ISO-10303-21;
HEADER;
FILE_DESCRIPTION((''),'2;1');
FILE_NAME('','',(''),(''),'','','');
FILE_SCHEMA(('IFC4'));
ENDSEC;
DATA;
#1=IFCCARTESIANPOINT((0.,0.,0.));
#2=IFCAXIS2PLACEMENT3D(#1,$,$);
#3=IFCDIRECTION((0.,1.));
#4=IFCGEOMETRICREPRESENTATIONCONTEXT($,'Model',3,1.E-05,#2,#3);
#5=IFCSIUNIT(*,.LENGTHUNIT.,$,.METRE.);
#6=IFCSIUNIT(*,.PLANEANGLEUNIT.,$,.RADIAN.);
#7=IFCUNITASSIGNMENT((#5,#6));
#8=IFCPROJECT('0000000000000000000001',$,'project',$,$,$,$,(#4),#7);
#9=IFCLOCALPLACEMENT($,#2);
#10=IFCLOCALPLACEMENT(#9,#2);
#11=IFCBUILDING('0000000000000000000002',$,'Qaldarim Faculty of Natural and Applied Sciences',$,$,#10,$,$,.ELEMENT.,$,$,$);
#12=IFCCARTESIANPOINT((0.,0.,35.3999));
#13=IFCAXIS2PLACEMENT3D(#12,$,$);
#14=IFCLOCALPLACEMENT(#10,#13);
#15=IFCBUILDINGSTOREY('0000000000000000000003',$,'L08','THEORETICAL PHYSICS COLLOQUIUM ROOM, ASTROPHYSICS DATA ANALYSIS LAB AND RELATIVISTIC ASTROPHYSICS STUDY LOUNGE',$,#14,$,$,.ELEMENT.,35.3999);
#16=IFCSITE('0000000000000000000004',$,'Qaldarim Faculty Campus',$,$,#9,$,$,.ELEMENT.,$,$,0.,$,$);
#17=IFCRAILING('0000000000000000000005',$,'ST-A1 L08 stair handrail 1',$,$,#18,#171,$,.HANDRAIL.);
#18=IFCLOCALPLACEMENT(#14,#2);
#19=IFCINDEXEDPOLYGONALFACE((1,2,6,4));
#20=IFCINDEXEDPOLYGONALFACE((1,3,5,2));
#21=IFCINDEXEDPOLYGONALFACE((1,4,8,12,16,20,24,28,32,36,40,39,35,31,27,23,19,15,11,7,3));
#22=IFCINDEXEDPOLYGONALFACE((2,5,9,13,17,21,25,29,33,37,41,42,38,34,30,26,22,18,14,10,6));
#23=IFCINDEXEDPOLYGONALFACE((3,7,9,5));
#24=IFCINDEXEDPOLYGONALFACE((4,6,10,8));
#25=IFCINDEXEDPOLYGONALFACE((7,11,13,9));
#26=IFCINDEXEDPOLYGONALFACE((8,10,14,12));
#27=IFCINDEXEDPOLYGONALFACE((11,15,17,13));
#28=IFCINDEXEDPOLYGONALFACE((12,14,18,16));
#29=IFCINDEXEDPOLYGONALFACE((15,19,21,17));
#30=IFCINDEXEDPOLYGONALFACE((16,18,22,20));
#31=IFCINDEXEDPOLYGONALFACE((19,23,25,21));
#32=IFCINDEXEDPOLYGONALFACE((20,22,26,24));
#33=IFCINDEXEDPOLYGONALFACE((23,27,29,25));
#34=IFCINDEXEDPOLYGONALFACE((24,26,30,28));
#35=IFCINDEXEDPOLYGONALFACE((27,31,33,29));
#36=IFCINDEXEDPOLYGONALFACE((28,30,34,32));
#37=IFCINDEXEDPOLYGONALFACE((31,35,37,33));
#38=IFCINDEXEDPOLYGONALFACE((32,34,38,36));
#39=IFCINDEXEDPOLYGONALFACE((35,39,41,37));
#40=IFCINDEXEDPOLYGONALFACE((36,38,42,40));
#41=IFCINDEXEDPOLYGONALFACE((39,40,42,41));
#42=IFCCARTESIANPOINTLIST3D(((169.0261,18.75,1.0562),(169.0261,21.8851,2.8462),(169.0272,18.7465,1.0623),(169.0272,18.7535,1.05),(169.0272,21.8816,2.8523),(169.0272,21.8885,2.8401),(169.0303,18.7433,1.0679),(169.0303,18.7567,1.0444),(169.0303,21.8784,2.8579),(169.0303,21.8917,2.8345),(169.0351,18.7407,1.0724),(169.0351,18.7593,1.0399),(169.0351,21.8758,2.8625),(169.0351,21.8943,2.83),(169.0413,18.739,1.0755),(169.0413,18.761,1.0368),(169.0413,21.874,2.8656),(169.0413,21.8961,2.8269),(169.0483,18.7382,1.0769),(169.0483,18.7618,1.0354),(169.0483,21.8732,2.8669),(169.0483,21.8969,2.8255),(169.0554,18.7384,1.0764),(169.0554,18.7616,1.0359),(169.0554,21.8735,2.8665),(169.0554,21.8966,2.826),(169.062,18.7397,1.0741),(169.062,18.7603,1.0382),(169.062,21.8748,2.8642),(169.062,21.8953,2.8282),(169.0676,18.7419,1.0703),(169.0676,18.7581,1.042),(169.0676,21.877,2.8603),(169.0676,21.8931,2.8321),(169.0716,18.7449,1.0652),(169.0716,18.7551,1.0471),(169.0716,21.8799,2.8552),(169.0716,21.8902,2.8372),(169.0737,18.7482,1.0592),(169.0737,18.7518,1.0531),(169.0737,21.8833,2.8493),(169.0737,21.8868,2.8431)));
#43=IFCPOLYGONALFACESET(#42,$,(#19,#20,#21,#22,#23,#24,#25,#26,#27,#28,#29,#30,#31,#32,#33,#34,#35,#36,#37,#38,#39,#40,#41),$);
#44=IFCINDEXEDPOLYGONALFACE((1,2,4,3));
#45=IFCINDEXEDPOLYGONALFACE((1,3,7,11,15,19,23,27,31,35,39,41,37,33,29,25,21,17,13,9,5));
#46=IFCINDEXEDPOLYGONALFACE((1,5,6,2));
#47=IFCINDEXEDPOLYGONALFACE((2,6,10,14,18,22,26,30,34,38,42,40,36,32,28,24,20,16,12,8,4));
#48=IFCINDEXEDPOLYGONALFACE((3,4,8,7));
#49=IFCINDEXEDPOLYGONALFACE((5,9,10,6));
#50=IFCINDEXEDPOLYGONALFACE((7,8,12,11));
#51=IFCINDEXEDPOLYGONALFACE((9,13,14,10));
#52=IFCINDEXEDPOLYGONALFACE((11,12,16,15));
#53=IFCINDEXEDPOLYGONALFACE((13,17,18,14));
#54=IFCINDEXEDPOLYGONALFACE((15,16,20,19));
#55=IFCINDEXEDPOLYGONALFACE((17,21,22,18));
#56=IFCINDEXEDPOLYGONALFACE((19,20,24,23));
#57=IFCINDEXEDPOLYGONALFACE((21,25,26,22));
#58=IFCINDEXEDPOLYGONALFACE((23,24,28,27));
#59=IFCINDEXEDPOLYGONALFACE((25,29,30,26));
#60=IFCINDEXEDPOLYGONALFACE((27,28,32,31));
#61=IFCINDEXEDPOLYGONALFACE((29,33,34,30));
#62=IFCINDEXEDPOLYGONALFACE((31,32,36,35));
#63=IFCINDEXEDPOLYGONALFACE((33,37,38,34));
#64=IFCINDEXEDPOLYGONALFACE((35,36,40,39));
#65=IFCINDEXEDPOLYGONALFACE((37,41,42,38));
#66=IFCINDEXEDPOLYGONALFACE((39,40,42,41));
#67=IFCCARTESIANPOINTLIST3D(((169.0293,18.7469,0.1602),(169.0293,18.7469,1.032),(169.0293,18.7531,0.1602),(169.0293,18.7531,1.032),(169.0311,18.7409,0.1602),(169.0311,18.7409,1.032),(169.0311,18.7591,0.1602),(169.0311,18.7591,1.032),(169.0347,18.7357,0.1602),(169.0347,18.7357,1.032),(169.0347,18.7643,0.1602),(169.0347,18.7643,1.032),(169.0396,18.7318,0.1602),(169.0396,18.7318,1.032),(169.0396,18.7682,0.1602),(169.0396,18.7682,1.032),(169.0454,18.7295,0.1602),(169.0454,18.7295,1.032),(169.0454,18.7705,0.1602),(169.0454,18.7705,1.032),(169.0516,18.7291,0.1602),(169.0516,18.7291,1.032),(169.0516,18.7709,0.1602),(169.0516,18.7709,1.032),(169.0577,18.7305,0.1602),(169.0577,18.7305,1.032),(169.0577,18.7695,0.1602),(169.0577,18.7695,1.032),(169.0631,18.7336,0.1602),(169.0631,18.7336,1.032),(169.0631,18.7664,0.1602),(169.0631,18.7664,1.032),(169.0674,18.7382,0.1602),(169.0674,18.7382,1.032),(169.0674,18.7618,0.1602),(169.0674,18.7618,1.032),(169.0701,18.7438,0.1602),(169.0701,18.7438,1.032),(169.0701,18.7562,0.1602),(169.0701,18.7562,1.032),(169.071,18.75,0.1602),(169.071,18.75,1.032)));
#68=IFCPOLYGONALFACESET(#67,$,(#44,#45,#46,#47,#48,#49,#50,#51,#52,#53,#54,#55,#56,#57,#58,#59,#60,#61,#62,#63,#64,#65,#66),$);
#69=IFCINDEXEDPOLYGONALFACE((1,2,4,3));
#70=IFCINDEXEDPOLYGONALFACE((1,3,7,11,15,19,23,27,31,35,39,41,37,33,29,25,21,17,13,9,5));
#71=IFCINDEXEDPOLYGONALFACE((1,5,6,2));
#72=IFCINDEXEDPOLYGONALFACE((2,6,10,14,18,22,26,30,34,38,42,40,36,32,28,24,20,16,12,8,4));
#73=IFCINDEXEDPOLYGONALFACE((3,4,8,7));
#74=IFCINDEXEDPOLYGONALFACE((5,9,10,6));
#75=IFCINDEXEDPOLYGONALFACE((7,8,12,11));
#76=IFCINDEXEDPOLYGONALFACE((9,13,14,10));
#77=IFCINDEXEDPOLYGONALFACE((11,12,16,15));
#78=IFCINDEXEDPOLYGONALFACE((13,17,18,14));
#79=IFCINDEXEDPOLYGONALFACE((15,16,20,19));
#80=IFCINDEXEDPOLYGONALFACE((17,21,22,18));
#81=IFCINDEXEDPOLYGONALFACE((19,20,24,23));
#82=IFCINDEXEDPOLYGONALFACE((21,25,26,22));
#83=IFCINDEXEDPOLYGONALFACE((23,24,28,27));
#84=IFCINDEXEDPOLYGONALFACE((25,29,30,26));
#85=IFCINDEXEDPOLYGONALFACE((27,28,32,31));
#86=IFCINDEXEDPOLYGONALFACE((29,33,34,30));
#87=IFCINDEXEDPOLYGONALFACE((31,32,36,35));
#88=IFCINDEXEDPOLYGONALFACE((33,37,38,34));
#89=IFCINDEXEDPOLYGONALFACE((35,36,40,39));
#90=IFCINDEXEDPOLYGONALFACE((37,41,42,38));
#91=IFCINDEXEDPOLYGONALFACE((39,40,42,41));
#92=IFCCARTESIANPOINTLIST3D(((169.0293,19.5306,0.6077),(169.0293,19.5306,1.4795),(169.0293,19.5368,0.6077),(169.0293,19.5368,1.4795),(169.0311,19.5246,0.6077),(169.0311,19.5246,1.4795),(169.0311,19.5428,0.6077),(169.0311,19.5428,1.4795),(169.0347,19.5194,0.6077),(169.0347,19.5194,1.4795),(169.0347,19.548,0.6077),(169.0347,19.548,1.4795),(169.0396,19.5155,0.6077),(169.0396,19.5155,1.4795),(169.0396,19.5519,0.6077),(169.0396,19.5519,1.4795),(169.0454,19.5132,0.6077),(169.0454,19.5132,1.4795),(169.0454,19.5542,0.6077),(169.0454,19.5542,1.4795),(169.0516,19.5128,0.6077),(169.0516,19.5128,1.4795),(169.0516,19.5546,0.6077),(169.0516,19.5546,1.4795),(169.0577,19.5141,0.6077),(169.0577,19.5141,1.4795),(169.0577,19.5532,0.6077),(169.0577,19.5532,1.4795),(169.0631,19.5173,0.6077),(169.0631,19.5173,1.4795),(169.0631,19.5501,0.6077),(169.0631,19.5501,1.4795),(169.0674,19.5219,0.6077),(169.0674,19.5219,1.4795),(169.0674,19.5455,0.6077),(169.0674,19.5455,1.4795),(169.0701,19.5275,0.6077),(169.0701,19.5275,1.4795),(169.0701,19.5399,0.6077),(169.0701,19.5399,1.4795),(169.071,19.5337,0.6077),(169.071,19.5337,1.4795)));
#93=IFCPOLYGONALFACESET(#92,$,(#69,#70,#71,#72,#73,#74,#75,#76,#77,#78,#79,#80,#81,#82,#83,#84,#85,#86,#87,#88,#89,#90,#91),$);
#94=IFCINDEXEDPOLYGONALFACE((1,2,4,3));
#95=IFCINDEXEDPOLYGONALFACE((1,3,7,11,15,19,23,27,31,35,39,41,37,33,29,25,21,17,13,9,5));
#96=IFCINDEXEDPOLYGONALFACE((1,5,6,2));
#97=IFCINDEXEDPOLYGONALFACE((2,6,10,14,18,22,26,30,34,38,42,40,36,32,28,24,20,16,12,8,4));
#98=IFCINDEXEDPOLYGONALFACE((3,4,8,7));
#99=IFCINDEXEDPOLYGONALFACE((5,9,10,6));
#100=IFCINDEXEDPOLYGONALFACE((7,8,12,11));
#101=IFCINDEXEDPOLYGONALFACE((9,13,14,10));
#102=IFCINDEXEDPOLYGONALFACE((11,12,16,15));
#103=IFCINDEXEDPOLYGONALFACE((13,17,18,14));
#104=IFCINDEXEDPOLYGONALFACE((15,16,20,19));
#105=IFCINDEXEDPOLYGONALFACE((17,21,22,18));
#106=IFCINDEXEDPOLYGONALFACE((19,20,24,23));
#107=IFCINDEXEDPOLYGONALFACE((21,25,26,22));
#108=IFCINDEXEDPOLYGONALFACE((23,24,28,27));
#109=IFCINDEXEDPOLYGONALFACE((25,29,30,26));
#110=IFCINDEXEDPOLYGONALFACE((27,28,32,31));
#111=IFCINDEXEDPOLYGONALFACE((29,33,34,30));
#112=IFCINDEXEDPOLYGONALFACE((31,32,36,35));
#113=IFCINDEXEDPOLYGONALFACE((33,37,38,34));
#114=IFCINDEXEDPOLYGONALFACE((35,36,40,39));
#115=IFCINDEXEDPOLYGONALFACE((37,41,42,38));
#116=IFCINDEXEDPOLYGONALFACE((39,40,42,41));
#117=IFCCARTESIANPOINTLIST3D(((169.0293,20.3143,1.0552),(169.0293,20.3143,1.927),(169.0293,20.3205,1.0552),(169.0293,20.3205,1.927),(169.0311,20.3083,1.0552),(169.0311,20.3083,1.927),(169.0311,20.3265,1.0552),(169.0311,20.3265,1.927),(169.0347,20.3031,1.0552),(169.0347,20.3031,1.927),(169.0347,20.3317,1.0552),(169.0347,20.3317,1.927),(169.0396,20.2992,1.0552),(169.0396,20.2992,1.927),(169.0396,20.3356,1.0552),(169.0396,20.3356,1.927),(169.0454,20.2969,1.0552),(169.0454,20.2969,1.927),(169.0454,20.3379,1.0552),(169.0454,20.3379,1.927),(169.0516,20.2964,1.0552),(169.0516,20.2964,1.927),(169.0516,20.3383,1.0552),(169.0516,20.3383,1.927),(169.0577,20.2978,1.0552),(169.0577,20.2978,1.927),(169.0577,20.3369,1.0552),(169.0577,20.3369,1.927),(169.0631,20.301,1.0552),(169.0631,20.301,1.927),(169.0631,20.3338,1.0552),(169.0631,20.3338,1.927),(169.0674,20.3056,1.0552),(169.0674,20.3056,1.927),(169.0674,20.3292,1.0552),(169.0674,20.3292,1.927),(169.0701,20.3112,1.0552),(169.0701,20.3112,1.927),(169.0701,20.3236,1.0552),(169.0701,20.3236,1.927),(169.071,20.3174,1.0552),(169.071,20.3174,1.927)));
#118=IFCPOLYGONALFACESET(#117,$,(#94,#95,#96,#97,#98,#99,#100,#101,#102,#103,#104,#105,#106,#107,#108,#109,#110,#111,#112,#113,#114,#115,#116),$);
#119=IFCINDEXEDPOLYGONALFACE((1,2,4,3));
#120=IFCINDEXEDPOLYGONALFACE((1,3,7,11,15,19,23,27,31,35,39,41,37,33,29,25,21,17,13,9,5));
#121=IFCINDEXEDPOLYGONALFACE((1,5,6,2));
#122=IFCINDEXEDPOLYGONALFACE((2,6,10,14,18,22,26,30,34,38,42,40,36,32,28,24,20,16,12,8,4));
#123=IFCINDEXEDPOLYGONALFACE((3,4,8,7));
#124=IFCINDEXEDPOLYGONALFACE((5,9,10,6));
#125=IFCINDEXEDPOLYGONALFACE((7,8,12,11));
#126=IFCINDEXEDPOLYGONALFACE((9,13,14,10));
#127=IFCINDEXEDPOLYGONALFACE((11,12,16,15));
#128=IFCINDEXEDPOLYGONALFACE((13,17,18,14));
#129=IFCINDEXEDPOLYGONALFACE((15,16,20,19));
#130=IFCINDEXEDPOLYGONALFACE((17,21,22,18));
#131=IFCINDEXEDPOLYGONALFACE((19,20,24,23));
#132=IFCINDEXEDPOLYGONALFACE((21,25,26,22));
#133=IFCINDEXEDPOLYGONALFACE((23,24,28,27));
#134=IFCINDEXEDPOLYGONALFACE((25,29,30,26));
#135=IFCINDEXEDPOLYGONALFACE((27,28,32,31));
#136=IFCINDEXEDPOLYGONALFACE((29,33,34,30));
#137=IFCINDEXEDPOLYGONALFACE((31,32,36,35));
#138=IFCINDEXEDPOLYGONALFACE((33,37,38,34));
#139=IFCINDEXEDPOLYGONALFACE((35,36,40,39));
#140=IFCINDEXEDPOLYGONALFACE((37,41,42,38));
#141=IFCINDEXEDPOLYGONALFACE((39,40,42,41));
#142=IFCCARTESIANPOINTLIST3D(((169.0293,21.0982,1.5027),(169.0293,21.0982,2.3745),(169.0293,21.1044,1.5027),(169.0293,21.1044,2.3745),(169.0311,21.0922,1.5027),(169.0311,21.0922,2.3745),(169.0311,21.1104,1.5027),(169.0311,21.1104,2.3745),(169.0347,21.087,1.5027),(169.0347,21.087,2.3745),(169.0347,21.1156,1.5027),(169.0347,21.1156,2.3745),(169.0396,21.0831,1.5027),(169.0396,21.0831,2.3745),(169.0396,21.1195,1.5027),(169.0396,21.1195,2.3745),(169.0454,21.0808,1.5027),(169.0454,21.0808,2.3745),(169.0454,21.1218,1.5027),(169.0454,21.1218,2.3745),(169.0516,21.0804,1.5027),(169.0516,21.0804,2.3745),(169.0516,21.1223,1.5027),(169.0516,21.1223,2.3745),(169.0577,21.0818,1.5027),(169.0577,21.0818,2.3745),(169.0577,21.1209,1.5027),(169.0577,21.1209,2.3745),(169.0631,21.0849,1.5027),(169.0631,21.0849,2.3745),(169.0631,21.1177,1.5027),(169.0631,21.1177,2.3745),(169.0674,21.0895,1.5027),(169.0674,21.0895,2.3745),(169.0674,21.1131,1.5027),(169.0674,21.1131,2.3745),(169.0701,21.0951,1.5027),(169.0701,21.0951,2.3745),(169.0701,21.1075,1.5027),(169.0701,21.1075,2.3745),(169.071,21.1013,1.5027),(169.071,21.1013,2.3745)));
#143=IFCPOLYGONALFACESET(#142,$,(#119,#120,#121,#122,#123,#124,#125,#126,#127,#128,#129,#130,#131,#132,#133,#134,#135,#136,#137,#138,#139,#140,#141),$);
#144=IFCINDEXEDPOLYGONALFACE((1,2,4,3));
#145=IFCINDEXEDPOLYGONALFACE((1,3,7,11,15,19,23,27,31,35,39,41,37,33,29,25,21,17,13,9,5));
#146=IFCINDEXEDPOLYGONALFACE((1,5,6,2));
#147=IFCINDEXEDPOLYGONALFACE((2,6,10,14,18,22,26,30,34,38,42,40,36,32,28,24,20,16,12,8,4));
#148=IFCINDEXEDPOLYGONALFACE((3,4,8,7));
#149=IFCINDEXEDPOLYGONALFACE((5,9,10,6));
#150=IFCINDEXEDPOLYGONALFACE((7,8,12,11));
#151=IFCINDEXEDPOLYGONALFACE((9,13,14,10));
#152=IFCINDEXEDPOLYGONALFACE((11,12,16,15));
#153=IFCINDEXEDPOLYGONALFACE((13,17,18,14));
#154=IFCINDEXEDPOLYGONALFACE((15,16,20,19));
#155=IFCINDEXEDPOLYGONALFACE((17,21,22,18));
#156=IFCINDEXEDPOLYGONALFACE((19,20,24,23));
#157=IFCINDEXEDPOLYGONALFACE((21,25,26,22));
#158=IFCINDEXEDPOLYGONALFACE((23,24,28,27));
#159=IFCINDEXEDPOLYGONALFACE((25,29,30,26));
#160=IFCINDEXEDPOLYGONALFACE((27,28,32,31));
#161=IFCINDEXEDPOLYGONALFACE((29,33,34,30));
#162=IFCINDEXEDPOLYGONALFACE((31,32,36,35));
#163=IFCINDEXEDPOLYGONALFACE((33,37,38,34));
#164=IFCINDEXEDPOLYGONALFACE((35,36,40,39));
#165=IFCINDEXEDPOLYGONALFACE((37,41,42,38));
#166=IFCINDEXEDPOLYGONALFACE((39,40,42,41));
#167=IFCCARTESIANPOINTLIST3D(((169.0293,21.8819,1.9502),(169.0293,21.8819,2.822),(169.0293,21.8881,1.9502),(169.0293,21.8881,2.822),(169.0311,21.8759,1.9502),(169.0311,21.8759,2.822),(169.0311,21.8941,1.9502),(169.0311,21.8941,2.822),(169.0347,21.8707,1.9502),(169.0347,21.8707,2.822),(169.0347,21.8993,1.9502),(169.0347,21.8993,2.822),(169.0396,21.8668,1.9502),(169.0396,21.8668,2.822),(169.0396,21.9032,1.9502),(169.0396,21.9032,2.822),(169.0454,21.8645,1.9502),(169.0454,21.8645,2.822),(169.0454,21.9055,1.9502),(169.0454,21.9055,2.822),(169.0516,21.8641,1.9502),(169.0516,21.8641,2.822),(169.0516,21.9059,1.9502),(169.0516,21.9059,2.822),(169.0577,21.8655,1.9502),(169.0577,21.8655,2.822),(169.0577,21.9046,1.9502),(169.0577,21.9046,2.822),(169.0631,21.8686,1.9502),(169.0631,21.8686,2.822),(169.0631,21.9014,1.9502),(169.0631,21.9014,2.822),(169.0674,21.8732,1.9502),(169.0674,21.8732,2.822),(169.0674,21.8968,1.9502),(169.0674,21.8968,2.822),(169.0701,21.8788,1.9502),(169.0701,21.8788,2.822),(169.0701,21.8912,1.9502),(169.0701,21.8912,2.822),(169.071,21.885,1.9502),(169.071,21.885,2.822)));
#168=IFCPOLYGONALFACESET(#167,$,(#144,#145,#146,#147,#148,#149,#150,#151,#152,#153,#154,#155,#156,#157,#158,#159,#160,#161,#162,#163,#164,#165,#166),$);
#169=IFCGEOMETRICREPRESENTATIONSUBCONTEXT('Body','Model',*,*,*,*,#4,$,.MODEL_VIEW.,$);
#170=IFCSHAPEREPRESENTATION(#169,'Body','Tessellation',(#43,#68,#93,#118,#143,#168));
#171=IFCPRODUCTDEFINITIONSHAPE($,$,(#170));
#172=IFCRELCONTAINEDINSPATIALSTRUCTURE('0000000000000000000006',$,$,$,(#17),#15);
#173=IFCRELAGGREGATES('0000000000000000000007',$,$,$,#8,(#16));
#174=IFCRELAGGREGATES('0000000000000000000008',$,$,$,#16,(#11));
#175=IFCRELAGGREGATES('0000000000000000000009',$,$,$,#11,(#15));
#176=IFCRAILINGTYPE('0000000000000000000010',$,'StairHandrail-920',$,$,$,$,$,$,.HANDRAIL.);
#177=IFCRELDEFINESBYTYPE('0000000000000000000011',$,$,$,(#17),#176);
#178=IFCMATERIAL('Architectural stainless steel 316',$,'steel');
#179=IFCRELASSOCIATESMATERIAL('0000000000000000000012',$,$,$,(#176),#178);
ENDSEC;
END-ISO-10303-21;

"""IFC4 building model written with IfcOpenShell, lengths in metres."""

from ifc_helpers import new_model, si_unit, direction, frame, origin, origin_2d, place, context, subcontext, project, spatial, circle, extrude, material, type_object, element, save


model = new_model("IFC4")

# Units and contexts
model_context = context("Model", 3, precision=1e-05, world=origin(), true_north=direction((0.0, 1.0)))
body_context = subcontext(model_context, "Body", "Model", "MODEL_VIEW")
ifc_project = project(units=[si_unit("LENGTHUNIT", "METRE"), si_unit("PLANEANGLEUNIT", "RADIAN")], contexts=[model_context])

# Site, building, storey
site_placement = place(None, origin())
site = spatial("IfcSite", under=ifc_project, at=site_placement, Name="Qaldarim Faculty Campus", CompositionType="ELEMENT", RefElevation=0.0)
building_placement = place(site_placement, origin())
building = spatial("IfcBuilding", under=site, at=building_placement, Name="Qaldarim Faculty of Natural and Applied Sciences", CompositionType="ELEMENT")
storey_placement = place(building_placement, frame((0.0, 0.0, 35.3999)))
storey = spatial("IfcBuildingStorey", under=building, at=storey_placement, Name="L08", Description="THEORETICAL PHYSICS COLLOQUIUM ROOM, ASTROPHYSICS DATA ANALYSIS LAB AND RELATIVISTIC ASTROPHYSICS STUDY LOUNGE", CompositionType="ELEMENT", Elevation=35.3999)

# Shared definitions
ifc_material_1 = material(Name="Architectural stainless steel 316", Category="steel")

# Railing
railing_type_1 = type_object("IfcRailingType", Name="StairHandrail-920", PredefinedType="HANDRAIL", material=ifc_material_1)
railing_1_placement = place(storey_placement, frame((169.05, 18.75, 0.1602)))
element("IfcRailing", 1, at=railing_1_placement, inside=storey, type_object=railing_type_1, Name="ST-A1 L08 stair handrail 1", PredefinedType="HANDRAIL", context=body_context, shape_type="SweptSolid", body=[
    extrude(circle(Radius=0.0239, at=origin_2d()), frame((0.0, 0.0, 0.896), z_axis=(0.0, 0.86841, 0.495848), x_axis=(-1.0, 0.0, 0.0)), (0.0, 0.0, 1.0), 3.6101),
    extrude(circle(Radius=0.021, at=origin_2d()), origin(), (0.0, 0.0, 1.0), 0.8718),
    extrude(circle(Radius=0.021, at=origin_2d()), frame((0.0, 0.7837, 0.4475)), (0.0, 0.0, 1.0), 0.8718),
    extrude(circle(Radius=0.021, at=origin_2d()), frame((0.0, 1.5674, 0.895)), (0.0, 0.0, 1.0), 0.8718),
    extrude(circle(Radius=0.021, at=origin_2d()), frame((0.0, 2.3513, 1.3425)), (0.0, 0.0, 1.0), 0.8718),
    extrude(circle(Radius=0.021, at=origin_2d()), frame((0.0, 3.135, 1.79)), (0.0, 0.0, 1.0), 0.8718),
])

save(model, "model.ifc")
